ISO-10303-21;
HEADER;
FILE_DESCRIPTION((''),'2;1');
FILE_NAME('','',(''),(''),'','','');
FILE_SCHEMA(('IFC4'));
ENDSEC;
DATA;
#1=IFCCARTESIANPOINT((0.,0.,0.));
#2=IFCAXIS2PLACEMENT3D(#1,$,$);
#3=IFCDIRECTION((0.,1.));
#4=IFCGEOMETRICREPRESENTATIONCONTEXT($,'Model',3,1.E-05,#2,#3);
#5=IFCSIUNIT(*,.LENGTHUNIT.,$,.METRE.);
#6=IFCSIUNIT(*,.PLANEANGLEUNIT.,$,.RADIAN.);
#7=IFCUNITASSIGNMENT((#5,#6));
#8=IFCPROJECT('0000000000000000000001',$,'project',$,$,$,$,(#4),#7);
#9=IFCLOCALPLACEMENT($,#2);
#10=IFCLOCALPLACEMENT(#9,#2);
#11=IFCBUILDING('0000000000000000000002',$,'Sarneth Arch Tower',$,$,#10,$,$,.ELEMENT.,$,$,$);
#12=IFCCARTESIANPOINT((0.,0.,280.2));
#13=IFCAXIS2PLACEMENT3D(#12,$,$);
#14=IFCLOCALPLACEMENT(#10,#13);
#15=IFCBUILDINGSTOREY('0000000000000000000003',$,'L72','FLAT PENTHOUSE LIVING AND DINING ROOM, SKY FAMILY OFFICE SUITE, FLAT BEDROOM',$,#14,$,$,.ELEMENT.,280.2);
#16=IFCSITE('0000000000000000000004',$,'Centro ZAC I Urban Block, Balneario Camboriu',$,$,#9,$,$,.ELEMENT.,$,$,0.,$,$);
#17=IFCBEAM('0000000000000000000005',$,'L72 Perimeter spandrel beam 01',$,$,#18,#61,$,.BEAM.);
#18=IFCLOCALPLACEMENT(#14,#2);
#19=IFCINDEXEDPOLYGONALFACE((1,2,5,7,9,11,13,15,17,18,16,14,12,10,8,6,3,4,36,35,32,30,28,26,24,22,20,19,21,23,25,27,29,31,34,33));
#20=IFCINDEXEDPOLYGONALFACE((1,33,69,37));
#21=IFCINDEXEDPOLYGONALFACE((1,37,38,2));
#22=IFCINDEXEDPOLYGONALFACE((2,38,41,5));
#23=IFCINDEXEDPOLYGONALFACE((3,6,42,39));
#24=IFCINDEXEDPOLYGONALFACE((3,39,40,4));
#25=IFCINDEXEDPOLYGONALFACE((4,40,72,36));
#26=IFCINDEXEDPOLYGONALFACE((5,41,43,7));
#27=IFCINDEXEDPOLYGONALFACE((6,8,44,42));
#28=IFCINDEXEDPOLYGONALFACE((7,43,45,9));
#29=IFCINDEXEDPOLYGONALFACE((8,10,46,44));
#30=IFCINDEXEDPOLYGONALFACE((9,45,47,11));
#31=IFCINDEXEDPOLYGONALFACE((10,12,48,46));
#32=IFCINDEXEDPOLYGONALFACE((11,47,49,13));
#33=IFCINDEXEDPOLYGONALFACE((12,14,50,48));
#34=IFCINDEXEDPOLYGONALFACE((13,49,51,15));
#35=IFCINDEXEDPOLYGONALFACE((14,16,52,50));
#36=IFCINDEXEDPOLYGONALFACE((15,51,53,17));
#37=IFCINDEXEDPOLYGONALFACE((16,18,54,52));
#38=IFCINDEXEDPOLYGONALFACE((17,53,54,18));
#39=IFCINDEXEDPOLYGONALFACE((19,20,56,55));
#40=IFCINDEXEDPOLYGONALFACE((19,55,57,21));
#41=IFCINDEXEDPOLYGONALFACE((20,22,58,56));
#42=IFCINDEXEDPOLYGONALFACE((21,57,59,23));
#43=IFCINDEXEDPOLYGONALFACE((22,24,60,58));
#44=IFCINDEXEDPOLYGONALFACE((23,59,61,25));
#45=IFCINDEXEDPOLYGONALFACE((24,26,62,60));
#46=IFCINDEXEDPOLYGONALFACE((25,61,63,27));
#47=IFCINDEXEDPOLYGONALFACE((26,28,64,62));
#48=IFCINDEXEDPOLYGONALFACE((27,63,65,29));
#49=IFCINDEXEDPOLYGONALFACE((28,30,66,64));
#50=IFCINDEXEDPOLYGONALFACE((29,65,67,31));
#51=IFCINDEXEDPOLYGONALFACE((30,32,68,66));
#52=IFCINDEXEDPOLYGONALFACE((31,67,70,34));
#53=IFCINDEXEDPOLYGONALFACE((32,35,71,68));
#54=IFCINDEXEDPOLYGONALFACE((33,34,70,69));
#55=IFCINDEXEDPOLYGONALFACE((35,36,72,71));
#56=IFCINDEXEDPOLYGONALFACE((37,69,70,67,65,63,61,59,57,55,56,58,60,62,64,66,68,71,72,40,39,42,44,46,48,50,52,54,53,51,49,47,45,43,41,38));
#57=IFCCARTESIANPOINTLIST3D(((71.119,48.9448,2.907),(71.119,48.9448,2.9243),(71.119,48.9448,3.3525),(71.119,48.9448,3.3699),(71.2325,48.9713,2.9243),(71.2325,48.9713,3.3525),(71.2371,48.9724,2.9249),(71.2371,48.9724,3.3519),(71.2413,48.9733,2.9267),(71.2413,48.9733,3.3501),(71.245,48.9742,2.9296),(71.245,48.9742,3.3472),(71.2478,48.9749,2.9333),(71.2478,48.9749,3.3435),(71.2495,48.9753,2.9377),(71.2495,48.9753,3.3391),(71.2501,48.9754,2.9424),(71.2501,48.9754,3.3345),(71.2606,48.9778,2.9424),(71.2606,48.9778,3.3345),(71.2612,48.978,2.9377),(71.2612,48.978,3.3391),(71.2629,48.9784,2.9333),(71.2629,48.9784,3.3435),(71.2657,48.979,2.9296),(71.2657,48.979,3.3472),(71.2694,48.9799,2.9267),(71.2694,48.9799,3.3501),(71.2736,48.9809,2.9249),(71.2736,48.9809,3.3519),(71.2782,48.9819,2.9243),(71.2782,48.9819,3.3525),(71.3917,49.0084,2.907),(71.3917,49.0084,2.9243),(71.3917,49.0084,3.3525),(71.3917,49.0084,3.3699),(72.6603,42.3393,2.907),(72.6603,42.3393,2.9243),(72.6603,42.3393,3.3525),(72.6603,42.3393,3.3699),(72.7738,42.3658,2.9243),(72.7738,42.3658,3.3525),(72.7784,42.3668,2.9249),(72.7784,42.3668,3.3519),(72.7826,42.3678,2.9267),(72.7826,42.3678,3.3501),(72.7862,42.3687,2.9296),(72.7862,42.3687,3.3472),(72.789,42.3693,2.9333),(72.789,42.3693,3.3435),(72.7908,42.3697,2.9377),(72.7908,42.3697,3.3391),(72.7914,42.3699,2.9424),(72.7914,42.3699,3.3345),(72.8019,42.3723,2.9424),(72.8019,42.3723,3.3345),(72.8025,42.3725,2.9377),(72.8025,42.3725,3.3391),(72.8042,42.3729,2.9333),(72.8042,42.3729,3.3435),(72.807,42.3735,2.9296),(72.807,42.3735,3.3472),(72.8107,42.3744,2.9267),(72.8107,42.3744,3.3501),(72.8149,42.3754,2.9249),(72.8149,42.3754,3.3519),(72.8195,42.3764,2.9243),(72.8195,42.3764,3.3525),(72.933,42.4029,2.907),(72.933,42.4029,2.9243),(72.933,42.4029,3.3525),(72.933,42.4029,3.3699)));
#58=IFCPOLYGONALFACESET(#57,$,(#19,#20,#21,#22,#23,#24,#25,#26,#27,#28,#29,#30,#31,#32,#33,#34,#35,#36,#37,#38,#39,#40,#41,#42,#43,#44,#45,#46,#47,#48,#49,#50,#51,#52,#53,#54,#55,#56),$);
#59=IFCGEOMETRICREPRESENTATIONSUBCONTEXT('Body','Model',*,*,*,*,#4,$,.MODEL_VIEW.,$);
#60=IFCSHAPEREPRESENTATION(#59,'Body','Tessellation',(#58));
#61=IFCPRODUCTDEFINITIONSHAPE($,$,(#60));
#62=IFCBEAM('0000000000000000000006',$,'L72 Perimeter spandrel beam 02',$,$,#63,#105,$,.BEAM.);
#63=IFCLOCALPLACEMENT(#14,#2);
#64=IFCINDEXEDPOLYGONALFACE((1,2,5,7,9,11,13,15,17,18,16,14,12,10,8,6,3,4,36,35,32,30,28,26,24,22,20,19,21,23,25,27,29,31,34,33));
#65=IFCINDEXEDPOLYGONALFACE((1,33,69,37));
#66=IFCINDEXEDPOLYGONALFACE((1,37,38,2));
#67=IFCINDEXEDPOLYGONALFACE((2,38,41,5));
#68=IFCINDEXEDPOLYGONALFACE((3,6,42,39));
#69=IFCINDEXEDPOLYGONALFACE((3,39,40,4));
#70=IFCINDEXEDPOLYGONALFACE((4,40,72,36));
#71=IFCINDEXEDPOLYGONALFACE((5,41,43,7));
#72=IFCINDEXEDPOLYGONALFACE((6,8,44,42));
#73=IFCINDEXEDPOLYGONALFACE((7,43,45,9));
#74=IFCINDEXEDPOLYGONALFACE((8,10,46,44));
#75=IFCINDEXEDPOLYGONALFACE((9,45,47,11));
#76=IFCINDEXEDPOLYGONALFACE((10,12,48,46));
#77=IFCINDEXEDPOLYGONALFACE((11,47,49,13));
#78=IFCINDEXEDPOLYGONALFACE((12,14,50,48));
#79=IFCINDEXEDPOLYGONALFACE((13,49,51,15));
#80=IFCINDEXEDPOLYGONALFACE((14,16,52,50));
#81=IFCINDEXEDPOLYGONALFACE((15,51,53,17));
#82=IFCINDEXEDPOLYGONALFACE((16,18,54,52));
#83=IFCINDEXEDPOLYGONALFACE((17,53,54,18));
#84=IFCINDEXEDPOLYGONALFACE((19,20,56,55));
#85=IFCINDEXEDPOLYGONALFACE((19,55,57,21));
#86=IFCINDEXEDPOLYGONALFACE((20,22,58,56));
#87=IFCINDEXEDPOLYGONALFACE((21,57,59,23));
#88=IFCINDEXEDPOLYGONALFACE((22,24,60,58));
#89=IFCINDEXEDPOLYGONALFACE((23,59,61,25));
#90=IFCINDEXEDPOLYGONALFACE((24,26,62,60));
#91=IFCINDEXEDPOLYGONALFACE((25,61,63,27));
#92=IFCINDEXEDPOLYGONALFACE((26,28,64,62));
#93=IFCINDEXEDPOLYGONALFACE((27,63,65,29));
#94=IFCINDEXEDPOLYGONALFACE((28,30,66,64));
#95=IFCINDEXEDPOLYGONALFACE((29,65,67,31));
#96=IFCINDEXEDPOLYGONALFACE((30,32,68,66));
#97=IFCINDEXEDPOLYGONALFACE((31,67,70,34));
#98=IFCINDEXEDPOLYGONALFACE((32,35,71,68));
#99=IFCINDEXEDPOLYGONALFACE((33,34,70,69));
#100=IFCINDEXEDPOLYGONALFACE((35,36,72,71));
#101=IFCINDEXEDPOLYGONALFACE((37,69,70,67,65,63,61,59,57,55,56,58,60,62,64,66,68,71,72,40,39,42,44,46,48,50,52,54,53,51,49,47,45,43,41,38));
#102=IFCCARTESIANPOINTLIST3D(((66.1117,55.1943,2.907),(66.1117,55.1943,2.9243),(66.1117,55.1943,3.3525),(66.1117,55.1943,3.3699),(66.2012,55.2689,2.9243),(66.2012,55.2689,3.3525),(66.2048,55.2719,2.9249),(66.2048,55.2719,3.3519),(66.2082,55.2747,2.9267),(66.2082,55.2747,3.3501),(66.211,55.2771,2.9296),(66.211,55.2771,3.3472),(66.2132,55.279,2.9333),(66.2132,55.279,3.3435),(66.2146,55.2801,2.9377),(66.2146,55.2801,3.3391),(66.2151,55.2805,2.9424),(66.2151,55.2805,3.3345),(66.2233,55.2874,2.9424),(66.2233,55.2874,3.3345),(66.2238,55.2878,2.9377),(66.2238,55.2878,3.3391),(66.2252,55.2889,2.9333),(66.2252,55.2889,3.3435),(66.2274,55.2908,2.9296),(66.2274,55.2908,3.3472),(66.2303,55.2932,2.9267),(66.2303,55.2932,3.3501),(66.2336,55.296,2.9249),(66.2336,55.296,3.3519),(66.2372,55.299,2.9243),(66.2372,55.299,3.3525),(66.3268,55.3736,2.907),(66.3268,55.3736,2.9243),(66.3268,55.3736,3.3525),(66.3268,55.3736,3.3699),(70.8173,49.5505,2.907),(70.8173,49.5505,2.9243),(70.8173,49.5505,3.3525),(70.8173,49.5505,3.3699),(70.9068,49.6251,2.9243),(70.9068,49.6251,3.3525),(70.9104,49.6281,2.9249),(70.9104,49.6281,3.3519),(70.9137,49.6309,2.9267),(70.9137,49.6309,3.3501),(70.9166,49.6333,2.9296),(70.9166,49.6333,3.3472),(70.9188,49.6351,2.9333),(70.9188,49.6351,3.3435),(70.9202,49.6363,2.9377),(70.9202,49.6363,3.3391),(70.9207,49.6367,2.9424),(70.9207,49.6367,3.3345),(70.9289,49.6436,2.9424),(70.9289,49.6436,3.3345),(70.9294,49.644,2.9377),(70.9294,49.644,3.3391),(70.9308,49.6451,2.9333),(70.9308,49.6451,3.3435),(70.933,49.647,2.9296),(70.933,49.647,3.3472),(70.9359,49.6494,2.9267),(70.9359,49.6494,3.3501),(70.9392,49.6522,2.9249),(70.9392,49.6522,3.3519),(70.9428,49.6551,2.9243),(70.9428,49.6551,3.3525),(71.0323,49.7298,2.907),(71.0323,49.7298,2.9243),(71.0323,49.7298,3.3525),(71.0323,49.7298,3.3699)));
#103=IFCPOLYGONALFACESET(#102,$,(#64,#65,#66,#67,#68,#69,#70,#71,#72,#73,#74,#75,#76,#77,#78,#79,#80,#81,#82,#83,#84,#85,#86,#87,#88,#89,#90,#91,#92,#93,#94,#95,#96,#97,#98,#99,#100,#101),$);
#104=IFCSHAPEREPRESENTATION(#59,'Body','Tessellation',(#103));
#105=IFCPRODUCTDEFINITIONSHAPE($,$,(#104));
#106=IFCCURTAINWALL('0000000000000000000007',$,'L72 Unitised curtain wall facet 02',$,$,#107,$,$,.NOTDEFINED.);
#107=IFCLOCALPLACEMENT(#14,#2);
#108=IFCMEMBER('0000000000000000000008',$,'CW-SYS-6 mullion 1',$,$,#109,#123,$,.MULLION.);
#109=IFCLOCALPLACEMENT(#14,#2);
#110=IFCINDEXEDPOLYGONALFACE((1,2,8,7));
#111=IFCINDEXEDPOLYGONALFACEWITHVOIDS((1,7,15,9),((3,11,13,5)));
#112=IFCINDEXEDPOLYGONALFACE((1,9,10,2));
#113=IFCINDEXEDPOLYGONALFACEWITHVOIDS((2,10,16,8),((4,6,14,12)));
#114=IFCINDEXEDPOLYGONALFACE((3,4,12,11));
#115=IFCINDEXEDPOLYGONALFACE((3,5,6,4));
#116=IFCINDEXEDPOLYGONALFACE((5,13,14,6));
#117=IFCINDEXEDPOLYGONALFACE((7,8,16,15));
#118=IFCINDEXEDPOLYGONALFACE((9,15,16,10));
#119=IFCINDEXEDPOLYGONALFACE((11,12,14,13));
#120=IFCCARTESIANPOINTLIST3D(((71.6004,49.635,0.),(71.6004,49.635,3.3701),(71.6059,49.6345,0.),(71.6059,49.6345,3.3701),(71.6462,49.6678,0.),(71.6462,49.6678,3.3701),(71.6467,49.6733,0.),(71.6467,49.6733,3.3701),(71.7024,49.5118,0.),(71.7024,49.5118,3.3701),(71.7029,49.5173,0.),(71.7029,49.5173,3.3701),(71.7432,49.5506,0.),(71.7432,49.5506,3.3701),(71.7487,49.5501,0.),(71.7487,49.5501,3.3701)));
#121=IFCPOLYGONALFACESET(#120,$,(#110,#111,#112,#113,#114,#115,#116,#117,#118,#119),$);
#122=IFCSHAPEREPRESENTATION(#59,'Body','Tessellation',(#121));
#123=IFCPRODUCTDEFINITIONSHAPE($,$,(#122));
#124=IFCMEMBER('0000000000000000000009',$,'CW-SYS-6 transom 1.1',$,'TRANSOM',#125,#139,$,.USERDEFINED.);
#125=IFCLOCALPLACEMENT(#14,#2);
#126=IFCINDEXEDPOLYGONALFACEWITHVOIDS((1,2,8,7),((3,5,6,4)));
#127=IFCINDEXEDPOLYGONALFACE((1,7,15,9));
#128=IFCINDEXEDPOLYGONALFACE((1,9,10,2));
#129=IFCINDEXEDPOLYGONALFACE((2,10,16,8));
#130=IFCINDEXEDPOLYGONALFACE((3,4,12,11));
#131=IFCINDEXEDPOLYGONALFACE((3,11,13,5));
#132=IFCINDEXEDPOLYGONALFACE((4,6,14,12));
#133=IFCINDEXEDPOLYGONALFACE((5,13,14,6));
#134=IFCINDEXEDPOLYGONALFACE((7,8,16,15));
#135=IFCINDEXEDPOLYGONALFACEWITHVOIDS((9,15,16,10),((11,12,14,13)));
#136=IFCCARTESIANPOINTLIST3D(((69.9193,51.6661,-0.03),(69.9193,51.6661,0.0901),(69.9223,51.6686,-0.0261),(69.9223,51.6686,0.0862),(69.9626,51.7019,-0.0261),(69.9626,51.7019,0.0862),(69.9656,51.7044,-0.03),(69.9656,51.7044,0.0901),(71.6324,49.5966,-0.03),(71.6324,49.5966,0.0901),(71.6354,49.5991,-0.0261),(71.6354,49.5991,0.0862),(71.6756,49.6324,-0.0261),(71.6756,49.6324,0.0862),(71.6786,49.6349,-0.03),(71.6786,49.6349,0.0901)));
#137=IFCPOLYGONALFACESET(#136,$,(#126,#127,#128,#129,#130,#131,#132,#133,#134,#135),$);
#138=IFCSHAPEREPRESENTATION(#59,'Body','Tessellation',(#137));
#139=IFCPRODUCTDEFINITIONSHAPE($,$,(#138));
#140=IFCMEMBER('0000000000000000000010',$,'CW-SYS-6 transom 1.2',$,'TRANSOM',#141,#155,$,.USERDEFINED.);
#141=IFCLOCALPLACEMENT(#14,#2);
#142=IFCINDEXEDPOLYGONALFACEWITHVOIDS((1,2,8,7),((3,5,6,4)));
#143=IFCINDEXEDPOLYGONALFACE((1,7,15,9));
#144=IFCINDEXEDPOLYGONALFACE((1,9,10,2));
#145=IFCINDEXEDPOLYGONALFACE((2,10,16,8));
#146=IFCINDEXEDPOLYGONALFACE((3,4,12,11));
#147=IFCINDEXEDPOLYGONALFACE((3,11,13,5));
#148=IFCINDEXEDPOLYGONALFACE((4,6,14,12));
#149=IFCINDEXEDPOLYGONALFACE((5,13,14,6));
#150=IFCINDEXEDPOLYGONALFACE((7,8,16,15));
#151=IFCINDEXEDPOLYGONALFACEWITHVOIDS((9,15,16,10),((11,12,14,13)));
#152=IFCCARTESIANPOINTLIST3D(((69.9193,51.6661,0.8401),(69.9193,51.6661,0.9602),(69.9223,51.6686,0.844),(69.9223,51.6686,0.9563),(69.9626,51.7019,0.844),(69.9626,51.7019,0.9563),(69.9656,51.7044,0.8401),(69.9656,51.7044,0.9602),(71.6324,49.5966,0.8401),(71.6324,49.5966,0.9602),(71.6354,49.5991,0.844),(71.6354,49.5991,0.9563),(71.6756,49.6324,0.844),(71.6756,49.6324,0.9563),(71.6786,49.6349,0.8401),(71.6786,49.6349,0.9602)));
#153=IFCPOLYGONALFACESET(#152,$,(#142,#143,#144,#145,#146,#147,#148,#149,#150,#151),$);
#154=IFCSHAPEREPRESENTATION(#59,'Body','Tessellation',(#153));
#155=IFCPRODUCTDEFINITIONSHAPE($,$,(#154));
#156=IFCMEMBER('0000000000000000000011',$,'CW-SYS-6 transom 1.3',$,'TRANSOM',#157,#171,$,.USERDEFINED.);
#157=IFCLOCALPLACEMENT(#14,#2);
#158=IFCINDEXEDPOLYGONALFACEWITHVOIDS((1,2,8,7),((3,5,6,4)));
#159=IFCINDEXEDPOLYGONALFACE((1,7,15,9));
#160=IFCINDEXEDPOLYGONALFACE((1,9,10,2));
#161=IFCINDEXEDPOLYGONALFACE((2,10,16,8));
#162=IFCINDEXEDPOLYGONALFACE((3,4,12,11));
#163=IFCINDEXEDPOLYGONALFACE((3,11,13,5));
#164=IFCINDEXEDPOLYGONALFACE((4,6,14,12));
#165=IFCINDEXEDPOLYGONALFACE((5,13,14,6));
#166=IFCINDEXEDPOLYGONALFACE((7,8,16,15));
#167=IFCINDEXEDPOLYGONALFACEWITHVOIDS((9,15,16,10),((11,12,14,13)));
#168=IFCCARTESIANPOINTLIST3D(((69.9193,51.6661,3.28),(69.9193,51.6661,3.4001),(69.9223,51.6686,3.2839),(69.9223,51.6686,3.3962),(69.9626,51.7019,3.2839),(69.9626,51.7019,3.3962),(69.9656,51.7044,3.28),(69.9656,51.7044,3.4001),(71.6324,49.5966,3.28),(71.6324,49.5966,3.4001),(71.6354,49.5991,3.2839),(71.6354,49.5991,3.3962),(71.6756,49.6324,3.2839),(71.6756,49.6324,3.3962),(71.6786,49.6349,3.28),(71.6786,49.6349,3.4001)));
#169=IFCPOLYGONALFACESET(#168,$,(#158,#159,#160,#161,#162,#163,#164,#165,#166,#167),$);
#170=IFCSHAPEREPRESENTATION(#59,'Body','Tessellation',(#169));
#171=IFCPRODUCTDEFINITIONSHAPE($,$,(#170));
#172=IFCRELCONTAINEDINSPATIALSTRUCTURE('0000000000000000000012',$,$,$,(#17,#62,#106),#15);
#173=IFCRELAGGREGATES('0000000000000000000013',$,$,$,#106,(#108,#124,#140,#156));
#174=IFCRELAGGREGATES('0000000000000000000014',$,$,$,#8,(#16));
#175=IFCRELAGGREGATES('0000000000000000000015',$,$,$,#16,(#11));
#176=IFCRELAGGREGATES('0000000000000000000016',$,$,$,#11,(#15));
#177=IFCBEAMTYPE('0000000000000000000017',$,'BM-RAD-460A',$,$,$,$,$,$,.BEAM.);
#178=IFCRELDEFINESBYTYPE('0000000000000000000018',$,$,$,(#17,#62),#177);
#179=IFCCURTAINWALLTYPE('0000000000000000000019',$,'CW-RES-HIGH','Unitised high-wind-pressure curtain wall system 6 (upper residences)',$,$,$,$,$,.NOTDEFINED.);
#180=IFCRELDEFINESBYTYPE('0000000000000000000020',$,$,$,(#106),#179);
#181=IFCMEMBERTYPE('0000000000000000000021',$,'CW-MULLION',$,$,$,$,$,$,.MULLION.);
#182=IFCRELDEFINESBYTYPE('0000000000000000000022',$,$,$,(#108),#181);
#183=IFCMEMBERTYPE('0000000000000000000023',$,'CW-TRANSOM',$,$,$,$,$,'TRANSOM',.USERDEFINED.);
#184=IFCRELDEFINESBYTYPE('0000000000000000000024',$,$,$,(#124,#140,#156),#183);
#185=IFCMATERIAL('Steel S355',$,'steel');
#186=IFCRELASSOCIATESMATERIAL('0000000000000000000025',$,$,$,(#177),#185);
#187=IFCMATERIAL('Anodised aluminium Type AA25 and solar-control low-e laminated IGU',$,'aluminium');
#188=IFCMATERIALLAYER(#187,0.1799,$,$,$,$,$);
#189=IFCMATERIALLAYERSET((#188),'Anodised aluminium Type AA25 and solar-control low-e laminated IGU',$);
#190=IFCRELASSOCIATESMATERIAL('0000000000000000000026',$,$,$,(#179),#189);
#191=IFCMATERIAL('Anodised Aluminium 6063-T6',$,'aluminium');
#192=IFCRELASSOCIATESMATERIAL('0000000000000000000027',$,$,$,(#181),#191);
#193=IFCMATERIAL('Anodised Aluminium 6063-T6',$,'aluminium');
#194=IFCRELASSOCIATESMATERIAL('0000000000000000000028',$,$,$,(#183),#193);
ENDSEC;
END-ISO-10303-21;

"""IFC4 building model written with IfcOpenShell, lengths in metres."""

from ifc_helpers import new_model, si_unit, direction, frame, origin, origin_2d, place, context, subcontext, project, spatial, hollow_rectangle, i_section, extrude, material, layer, layer_set, material_profile, profile_set, type_object, element, aggregate, save


model = new_model("IFC4")

# Units and contexts
model_context = context("Model", 3, precision=1e-05, world=origin(), true_north=direction((0.0, 1.0)))
body_context = subcontext(model_context, "Body", "Model", "MODEL_VIEW")
ifc_project = project(units=[si_unit("LENGTHUNIT", "METRE"), si_unit("PLANEANGLEUNIT", "RADIAN")], contexts=[model_context])

# Site, building, storey
site_placement = place(None, origin())
site = spatial("IfcSite", under=ifc_project, at=site_placement, Name="Centro ZAC I Urban Block, Balneario Camboriu", CompositionType="ELEMENT", RefElevation=0.0)
building_placement = place(site_placement, origin())
building = spatial("IfcBuilding", under=site, at=building_placement, Name="Sarneth Arch Tower", CompositionType="ELEMENT")
storey_placement = place(building_placement, frame((0.0, 0.0, 280.2)))
storey = spatial("IfcBuildingStorey", under=building, at=storey_placement, Name="L72", Description="FLAT PENTHOUSE LIVING AND DINING ROOM, SKY FAMILY OFFICE SUITE, FLAT BEDROOM", CompositionType="ELEMENT", Elevation=280.2)

# Beams
ifc_material_1 = material(Name="Steel S355", Category="steel")
ifc_material_profile_1 = material_profile(ifc_material_1, i_section(OverallWidth=0.28, OverallDepth=0.4629, WebThickness=0.0107, FlangeThickness=0.0173, FilletRadius=0.0181, at=origin_2d()), Name="W460x113")
ifc_profile_set_1 = profile_set([ifc_material_profile_1], Name="Steel S355")
beam_type_1 = type_object("IfcBeamType", Name="BM-RAD-460A", PredefinedType="BEAM", material=ifc_profile_set_1)
beam_1_placement = place(storey_placement, frame((72.7966, 42.3711, 3.1384), z_axis=(-0.227227, 0.973842, 0.0), x_axis=(-0.973842, -0.227227, 0.0)))
element("IfcBeam", 1, at=beam_1_placement, inside=storey, type_object=beam_type_1, Name="L72 Perimeter spandrel beam 01", PredefinedType="BEAM", context=body_context, shape_type="SweptSolid", body=[
    extrude(i_section(OverallWidth=0.28, OverallDepth=0.4629, WebThickness=0.0107, FlangeThickness=0.0173, FilletRadius=0.0181, at=origin_2d()), origin(), (0.0, 0.0, 1.0), 6.783),
])
beam_2_placement = place(storey_placement, frame((70.9248, 49.6401, 3.1384), z_axis=(-0.640377, 0.768061, 0.0), x_axis=(-0.768061, -0.640377, 0.0)))
element("IfcBeam", 2, at=beam_2_placement, inside=storey, type_object=beam_type_1, Name="L72 Perimeter spandrel beam 02", PredefinedType="BEAM", context=body_context, shape_type="SweptSolid", body=[
    extrude(i_section(OverallWidth=0.28, OverallDepth=0.4629, WebThickness=0.0107, FlangeThickness=0.0173, FilletRadius=0.0181, at=origin_2d()), origin(), (0.0, 0.0, 1.0), 7.3481),
])

# Curtain wall, members
ifc_material_2 = material(Name="Anodised aluminium Type AA25 and solar-control low-e laminated IGU", Category="aluminium")
ifc_layer_1 = layer(ifc_material_2, 0.1799)
ifc_layer_set_1 = layer_set([ifc_layer_1], Name="Anodised aluminium Type AA25 and solar-control low-e laminated IGU")
curtain_wall_type = type_object("IfcCurtainWallType", Name="CW-RES-HIGH", Description="Unitised high-wind-pressure curtain wall system 6 (upper residences)", PredefinedType="NOTDEFINED", material=ifc_layer_set_1)
curtain_wall_placement = place(storey_placement, origin())
curtain_wall = element("IfcCurtainWall", 3, at=curtain_wall_placement, inside=storey, type_object=curtain_wall_type, Name="L72 Unitised curtain wall facet 02", PredefinedType="NOTDEFINED")
ifc_material_3 = material(Name="Anodised Aluminium 6063-T6", Category="aluminium")
ifc_material_profile_2 = material_profile(ifc_material_3, hollow_rectangle(XDim=0.0601, YDim=0.1599, WallThickness=0.0039, at=origin_2d()), Name="AL-MULL-160x60x4")
ifc_profile_set_2 = profile_set([ifc_material_profile_2], Name="Anodised Aluminium 6063-T6")
member_type_1 = type_object("IfcMemberType", Name="CW-MULLION", PredefinedType="MULLION", material=ifc_profile_set_2)
member_1_placement = place(storey_placement, frame((71.6746, 49.5925, 0.0), z_axis=(0.0, 0.0, 1.0), x_axis=(-0.770359, -0.63761, 0.0)))
member_1 = element("IfcMember", 4, at=member_1_placement, type_object=member_type_1, Name="CW-SYS-6 mullion 1", PredefinedType="MULLION", context=body_context, shape_type="SweptSolid", body=[
    extrude(hollow_rectangle(XDim=0.0601, YDim=0.1599, WallThickness=0.0039, at=origin_2d()), origin(), (0.0, 0.0, 1.0), 3.3701),
])
ifc_material_4 = material(Name="Anodised Aluminium 6063-T6", Category="aluminium")
ifc_material_profile_3 = material_profile(ifc_material_4, hollow_rectangle(XDim=0.0601, YDim=0.1201, WallThickness=0.0039, at=origin_2d()), Name="AL-TRAN-120x60x4")
ifc_profile_set_3 = profile_set([ifc_material_profile_3], Name="Anodised Aluminium 6063-T6")
member_type_2 = type_object("IfcMemberType", Name="CW-TRANSOM", ElementType="TRANSOM", PredefinedType="USERDEFINED", material=ifc_profile_set_3)
member_2_placement = place(storey_placement, frame((71.6555, 49.6157, 0.03), z_axis=(-0.637651, 0.770325, 0.0), x_axis=(-0.770325, -0.637651, 0.0)))
member_2 = element("IfcMember", 5, at=member_2_placement, type_object=member_type_2, Name="CW-SYS-6 transom 1.1", ObjectType="TRANSOM", PredefinedType="USERDEFINED", context=body_context, shape_type="SweptSolid", body=[
    extrude(hollow_rectangle(XDim=0.0601, YDim=0.1201, WallThickness=0.0039, at=origin_2d()), origin(), (0.0, 0.0, 1.0), 2.6865),
])
member_3_placement = place(storey_placement, frame((71.6555, 49.6157, 0.9001), z_axis=(-0.637651, 0.770325, 0.0), x_axis=(-0.770325, -0.637651, 0.0)))
member_3 = element("IfcMember", 6, at=member_3_placement, type_object=member_type_2, Name="CW-SYS-6 transom 1.2", ObjectType="TRANSOM", PredefinedType="USERDEFINED", context=body_context, shape_type="SweptSolid", body=[
    extrude(hollow_rectangle(XDim=0.0601, YDim=0.1201, WallThickness=0.0039, at=origin_2d()), origin(), (0.0, 0.0, 1.0), 2.6865),
])
member_4_placement = place(storey_placement, frame((71.6555, 49.6157, 3.3401), z_axis=(-0.637651, 0.770325, 0.0), x_axis=(-0.770325, -0.637651, 0.0)))
member_4 = element("IfcMember", 7, at=member_4_placement, type_object=member_type_2, Name="CW-SYS-6 transom 1.3", ObjectType="TRANSOM", PredefinedType="USERDEFINED", context=body_context, shape_type="SweptSolid", body=[
    extrude(hollow_rectangle(XDim=0.0601, YDim=0.1201, WallThickness=0.0039, at=origin_2d()), origin(), (0.0, 0.0, 1.0), 2.6865),
])

aggregate(curtain_wall, [member_1, member_2, member_3, member_4])

save(model, "model.ifc")
